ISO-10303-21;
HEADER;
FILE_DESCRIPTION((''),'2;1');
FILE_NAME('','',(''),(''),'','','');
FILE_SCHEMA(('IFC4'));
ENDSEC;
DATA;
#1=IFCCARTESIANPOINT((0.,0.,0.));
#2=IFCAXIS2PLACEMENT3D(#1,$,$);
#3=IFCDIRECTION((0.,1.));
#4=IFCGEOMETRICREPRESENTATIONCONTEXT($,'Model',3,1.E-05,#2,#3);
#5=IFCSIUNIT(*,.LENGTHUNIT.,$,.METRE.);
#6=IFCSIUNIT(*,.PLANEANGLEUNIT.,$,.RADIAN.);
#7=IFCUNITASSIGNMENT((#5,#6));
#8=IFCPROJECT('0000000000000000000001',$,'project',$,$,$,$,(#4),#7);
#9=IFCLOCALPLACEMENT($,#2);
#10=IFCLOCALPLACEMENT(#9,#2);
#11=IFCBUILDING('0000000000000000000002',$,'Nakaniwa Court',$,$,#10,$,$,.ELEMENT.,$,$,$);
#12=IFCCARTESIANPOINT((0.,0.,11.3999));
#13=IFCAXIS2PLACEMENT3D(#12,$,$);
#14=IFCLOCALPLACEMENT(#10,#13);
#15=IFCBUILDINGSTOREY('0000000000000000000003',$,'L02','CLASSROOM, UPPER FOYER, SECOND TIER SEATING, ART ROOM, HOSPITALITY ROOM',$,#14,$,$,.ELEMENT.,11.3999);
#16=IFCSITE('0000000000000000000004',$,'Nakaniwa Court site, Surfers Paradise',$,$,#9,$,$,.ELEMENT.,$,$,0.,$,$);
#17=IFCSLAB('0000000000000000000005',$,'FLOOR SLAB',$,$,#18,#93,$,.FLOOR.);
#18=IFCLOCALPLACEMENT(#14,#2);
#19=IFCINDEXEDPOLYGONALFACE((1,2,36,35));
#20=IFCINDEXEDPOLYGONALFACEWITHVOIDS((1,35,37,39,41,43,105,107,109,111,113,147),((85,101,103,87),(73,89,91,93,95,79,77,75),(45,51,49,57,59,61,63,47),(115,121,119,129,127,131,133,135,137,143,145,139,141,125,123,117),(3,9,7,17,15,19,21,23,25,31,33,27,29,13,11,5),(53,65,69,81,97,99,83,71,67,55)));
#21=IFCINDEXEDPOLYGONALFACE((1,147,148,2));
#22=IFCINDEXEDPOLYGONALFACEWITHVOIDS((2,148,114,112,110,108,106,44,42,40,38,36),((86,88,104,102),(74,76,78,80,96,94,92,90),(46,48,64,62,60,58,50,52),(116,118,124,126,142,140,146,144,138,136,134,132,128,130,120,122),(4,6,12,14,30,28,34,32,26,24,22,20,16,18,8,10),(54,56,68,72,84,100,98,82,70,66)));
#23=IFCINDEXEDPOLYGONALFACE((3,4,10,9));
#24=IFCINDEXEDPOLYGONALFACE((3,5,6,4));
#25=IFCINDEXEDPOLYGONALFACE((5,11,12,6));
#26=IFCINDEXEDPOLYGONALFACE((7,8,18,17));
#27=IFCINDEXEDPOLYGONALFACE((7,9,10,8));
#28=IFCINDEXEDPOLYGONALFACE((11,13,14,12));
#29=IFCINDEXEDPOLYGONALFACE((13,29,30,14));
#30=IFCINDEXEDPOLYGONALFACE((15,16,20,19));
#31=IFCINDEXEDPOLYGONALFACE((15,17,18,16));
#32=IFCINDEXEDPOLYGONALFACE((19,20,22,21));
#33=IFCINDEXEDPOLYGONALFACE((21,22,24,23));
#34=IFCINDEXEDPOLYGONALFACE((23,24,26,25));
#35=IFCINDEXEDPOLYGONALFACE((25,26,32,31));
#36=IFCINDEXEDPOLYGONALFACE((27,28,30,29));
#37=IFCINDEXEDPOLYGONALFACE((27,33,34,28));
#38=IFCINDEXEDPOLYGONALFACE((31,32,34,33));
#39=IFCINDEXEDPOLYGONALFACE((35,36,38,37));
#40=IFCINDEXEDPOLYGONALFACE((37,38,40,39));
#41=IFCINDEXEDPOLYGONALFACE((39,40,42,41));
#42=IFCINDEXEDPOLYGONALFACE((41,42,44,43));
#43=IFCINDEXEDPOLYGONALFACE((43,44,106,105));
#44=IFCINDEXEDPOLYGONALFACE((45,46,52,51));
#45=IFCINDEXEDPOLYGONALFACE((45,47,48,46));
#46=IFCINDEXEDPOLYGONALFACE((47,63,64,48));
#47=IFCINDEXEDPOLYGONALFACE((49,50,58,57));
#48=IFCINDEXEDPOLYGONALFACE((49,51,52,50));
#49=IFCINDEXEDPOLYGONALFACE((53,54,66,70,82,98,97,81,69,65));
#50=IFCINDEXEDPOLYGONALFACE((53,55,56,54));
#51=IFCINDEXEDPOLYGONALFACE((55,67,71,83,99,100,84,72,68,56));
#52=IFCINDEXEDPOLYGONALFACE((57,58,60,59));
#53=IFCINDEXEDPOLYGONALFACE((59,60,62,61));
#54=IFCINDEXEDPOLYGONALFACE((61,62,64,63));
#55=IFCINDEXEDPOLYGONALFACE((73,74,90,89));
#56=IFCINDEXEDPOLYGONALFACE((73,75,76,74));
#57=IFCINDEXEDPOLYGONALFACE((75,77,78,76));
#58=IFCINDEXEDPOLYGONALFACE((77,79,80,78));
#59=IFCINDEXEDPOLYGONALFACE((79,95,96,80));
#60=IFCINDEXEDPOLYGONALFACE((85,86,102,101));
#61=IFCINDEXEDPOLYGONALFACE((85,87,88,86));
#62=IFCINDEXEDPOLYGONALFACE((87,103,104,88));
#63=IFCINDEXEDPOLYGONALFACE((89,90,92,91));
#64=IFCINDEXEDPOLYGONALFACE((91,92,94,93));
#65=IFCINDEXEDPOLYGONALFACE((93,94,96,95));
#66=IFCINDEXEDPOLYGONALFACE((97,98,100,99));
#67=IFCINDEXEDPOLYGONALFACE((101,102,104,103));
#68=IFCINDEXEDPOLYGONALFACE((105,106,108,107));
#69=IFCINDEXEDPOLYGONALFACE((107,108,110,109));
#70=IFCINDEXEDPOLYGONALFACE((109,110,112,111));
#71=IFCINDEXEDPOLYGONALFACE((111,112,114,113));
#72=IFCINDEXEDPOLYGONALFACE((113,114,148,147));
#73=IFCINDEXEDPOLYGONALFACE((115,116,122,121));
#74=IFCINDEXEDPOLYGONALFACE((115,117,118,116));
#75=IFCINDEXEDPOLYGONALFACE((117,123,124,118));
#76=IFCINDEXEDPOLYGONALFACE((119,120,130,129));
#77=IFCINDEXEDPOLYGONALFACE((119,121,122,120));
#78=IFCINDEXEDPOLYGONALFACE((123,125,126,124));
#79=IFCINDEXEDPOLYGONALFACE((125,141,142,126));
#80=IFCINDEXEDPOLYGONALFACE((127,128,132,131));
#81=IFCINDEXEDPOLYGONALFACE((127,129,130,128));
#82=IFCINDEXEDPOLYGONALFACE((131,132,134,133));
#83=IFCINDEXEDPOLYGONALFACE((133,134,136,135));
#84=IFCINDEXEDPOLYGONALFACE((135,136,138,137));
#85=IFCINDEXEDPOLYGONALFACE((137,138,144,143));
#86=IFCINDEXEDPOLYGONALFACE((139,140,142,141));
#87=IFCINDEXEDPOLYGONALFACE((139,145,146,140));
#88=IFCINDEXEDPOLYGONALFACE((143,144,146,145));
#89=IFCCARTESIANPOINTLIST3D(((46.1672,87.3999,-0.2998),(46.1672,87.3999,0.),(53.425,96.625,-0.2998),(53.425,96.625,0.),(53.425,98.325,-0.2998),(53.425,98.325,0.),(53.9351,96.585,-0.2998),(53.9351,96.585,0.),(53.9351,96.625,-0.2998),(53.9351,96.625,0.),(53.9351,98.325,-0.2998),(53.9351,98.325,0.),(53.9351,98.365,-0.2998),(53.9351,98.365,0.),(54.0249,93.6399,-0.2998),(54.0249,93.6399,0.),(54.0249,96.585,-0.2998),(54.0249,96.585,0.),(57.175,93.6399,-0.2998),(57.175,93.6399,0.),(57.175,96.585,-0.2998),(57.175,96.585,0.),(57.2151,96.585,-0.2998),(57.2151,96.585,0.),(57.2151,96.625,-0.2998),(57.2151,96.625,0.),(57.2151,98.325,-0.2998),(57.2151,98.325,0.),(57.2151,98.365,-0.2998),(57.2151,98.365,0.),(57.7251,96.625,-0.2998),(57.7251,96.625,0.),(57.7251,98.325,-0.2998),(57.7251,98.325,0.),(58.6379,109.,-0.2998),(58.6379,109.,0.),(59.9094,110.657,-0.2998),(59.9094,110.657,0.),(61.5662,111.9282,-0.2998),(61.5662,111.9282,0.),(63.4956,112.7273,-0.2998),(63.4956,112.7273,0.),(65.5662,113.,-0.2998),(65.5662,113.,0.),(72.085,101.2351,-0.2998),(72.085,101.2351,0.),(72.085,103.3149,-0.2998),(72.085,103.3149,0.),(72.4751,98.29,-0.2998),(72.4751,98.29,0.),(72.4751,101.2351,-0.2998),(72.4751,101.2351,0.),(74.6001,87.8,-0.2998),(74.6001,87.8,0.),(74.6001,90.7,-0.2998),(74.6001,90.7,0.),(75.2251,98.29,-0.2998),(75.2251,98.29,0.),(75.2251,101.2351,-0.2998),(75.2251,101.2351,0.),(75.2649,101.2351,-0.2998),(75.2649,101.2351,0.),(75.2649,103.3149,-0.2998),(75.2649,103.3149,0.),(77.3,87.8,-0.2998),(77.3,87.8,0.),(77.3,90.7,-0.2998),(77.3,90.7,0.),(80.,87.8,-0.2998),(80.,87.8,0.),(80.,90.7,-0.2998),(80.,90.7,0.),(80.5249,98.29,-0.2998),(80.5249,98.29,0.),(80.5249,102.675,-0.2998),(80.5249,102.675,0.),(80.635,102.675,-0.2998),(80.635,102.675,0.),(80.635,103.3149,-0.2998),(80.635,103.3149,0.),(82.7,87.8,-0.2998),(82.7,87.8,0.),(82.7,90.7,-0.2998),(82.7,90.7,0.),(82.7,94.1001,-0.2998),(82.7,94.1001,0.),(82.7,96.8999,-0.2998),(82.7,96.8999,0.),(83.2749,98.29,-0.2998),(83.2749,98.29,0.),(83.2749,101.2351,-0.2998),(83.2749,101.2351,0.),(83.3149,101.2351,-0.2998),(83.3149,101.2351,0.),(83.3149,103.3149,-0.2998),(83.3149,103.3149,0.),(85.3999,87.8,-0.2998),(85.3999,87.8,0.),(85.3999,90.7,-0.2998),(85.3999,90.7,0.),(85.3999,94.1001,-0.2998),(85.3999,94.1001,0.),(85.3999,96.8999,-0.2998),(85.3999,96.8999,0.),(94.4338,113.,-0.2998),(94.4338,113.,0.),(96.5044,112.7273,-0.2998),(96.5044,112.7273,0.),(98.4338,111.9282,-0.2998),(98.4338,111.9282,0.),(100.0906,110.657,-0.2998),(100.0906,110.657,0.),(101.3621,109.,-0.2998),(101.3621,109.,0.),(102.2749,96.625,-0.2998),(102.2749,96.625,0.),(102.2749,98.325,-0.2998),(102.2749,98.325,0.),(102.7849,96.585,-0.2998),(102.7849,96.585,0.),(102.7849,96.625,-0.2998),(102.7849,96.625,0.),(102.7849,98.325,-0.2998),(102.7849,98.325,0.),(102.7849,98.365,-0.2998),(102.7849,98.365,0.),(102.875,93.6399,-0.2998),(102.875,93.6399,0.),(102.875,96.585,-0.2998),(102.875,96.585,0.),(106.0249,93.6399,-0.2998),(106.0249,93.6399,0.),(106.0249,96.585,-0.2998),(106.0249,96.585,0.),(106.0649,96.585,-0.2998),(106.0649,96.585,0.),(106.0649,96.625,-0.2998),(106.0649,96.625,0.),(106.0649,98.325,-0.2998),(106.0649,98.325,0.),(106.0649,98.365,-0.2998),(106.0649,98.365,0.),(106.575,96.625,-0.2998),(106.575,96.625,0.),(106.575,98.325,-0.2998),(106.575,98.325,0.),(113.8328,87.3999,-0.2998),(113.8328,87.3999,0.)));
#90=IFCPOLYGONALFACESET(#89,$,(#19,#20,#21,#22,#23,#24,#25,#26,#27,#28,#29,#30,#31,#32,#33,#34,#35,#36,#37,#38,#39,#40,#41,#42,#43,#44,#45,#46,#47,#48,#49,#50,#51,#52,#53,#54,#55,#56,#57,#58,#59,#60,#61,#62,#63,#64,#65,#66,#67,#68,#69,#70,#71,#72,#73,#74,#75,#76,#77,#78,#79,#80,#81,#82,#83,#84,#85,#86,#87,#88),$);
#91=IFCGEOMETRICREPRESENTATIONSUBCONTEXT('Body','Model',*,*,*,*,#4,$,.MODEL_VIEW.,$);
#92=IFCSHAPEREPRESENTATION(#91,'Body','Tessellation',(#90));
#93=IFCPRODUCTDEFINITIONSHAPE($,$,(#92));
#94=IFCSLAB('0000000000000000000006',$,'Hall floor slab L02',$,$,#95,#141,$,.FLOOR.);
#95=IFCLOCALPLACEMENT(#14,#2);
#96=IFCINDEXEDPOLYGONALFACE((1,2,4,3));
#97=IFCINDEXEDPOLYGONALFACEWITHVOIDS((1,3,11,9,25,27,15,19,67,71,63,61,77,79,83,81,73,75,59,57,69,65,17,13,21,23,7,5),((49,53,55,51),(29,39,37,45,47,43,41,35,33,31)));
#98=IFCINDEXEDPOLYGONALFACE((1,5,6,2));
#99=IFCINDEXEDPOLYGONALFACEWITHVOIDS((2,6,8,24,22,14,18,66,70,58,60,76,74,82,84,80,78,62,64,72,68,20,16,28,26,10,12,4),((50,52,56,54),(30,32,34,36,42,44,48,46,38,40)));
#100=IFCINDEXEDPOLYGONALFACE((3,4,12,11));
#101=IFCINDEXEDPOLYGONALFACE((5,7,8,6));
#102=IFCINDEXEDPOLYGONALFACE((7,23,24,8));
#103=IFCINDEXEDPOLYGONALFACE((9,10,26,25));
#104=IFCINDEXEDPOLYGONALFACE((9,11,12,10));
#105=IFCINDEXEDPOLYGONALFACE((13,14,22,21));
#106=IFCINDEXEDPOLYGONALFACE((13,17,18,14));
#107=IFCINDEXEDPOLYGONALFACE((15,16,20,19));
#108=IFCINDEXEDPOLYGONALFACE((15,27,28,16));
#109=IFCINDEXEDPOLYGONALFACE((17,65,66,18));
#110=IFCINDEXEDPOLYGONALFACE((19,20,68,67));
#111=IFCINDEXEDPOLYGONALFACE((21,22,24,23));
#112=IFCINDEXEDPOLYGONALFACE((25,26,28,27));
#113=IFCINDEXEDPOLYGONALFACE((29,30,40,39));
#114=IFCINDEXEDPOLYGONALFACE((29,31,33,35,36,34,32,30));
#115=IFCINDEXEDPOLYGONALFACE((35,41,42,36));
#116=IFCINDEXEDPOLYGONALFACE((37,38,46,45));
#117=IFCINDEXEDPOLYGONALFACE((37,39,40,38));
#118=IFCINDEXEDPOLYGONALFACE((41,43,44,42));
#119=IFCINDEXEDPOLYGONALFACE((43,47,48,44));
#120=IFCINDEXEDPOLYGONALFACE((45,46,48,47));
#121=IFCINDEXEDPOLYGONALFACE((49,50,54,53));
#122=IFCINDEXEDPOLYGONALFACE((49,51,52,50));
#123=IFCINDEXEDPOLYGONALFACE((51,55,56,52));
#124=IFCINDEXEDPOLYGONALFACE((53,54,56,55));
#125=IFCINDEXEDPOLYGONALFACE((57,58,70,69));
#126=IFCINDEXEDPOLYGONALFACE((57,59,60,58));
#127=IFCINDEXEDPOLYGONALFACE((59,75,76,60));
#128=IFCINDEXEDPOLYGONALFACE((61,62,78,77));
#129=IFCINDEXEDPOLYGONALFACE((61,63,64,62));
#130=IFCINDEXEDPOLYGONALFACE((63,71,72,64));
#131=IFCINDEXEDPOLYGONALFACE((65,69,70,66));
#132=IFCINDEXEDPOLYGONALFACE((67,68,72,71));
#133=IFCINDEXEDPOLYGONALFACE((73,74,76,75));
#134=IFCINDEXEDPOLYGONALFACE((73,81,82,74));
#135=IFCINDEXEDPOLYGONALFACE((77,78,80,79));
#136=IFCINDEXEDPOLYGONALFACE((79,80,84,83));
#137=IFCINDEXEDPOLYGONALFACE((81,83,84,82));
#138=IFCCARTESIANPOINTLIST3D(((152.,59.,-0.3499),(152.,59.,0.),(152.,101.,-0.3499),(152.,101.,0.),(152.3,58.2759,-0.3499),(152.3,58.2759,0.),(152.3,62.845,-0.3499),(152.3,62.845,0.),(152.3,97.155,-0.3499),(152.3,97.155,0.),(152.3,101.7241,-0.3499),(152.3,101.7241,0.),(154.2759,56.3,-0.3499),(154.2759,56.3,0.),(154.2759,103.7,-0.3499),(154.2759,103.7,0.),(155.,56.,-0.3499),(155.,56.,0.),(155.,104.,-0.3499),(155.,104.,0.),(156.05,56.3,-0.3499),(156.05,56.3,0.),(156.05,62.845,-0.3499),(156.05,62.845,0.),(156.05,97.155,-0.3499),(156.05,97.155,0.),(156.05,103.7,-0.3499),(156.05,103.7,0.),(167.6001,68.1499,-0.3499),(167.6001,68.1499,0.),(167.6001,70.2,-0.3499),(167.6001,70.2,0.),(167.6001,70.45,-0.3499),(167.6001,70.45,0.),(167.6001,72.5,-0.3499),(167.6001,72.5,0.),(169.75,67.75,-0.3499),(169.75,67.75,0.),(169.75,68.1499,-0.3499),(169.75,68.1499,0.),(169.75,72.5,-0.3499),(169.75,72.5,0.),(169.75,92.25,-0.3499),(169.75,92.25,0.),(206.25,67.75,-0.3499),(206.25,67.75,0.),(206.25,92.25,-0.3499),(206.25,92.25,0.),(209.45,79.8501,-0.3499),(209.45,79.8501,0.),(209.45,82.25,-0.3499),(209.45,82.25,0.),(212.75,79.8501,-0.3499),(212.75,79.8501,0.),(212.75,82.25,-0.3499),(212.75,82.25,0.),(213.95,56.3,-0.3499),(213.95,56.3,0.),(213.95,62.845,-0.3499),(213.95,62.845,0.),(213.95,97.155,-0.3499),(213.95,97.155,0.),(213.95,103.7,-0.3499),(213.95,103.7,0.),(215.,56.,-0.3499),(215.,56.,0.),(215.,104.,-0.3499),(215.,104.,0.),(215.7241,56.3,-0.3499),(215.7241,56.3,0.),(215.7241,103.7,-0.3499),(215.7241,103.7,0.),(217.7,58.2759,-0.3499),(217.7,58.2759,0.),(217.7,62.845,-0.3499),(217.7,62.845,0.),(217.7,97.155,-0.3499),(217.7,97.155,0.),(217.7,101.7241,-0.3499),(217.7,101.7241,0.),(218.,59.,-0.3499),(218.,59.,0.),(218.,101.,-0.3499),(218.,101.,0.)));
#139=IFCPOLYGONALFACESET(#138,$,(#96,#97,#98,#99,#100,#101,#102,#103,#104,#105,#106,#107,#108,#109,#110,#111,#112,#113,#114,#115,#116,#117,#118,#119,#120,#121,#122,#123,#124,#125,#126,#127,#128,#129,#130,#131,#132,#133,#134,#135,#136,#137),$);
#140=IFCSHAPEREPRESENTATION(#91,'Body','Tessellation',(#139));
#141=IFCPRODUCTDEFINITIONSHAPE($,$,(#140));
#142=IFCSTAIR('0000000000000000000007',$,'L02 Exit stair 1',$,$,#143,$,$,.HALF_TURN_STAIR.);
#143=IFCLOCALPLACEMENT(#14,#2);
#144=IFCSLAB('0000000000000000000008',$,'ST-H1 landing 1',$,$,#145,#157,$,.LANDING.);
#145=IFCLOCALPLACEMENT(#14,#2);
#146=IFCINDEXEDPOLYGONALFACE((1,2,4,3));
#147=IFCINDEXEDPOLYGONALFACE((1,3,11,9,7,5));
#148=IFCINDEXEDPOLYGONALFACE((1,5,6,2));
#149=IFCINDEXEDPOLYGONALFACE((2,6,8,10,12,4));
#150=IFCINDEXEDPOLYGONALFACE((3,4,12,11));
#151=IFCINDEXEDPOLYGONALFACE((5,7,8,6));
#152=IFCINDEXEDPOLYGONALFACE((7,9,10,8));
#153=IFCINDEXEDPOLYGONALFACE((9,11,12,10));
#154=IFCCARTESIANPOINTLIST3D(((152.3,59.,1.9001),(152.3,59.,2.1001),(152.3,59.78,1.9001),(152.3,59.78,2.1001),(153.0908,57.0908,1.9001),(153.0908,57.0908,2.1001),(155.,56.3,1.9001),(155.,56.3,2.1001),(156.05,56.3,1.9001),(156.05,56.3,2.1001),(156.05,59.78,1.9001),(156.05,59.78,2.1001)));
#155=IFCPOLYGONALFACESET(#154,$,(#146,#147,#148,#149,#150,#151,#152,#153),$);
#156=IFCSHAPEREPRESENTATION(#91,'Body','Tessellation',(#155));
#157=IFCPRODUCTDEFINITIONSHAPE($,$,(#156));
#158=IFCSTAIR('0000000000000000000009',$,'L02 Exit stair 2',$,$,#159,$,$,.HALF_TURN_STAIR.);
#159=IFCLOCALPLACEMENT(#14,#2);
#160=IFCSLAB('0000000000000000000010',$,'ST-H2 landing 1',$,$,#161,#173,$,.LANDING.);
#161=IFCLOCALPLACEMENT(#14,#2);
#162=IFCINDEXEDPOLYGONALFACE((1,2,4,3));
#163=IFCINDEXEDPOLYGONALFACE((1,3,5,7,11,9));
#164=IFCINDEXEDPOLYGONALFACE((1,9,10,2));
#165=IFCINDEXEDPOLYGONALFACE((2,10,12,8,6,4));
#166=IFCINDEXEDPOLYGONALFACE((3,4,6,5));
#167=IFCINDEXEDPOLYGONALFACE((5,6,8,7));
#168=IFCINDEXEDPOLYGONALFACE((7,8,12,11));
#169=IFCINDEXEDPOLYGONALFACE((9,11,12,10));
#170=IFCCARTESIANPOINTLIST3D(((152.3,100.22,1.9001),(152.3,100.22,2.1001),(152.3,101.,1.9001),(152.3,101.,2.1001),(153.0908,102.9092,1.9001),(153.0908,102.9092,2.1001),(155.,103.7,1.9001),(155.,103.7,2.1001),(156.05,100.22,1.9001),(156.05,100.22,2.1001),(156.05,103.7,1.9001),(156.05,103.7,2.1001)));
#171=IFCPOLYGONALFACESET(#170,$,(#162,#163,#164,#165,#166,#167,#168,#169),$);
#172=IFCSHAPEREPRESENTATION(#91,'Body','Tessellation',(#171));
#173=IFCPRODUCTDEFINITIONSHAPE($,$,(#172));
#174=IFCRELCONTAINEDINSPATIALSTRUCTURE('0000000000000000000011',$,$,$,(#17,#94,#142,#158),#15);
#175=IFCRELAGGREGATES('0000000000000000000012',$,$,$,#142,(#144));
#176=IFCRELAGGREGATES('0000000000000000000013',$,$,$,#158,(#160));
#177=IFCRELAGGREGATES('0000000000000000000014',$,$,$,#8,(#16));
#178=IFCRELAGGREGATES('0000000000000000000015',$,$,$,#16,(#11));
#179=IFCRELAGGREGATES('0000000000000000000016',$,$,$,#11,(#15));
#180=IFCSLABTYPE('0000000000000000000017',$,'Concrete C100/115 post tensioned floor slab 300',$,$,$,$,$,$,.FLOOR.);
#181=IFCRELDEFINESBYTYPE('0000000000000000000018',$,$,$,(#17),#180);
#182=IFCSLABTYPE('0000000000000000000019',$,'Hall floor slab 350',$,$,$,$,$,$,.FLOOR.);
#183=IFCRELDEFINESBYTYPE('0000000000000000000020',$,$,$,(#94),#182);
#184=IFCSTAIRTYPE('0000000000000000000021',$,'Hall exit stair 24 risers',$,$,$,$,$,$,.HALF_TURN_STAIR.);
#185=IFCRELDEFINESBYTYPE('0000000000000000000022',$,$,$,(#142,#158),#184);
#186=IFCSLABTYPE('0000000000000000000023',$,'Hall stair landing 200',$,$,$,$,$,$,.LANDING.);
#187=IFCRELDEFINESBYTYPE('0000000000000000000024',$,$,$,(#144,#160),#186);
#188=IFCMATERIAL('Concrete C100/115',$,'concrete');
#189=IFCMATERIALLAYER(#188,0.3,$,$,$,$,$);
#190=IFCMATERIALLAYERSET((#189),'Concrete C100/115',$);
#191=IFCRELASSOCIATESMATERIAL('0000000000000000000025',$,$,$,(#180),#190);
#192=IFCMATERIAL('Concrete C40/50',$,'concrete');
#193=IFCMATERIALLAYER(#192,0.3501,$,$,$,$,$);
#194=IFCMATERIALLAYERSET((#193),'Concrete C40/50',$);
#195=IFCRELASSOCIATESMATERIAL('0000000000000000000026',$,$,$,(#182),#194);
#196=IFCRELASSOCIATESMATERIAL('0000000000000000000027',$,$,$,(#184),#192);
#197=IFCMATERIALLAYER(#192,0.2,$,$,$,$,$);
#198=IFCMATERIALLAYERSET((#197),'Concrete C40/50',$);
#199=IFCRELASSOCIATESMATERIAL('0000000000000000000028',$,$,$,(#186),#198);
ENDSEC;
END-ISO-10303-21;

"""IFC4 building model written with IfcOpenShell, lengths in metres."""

from ifc_helpers import new_model, si_unit, direction, frame, origin, place, context, subcontext, project, spatial, polyline, outline, extrude, material, layer, layer_set, type_object, element, aggregate, save


model = new_model("IFC4")

# Units and contexts
model_context = context("Model", 3, precision=1e-05, world=origin(), true_north=direction((0.0, 1.0)))
body_context = subcontext(model_context, "Body", "Model", "MODEL_VIEW")
ifc_project = project(units=[si_unit("LENGTHUNIT", "METRE"), si_unit("PLANEANGLEUNIT", "RADIAN")], contexts=[model_context])

# Site, building, storey
site_placement = place(None, origin())
site = spatial("IfcSite", under=ifc_project, at=site_placement, Name="Nakaniwa Court site, Surfers Paradise", CompositionType="ELEMENT", RefElevation=0.0)
building_placement = place(site_placement, origin())
building = spatial("IfcBuilding", under=site, at=building_placement, Name="Nakaniwa Court", CompositionType="ELEMENT")
storey_placement = place(building_placement, frame((0.0, 0.0, 11.3999)))
storey = spatial("IfcBuildingStorey", under=building, at=storey_placement, Name="L02", Description="CLASSROOM, UPPER FOYER, SECOND TIER SEATING, ART ROOM, HOSPITALITY ROOM", CompositionType="ELEMENT", Elevation=11.3999)

# Shared definitions
ifc_material_1 = material(Name="Concrete C100/115", Category="concrete")

# Slabs
ifc_layer_1 = layer(ifc_material_1, 0.3)
ifc_layer_set_1 = layer_set([ifc_layer_1], Name="Concrete C100/115")
slab_type_1 = type_object("IfcSlabType", Name="Concrete C100/115 post tensioned floor slab 300", PredefinedType="FLOOR", material=ifc_layer_set_1)
slab_1_placement = place(storey_placement, frame((0.0, 0.0, -0.2998)))
element("IfcSlab", 1, at=slab_1_placement, inside=storey, type_object=slab_type_1, Name="FLOOR SLAB", PredefinedType="FLOOR", context=body_context, shape_type="SweptSolid", body=[
    extrude(outline(polyline([(58.6379, 109.0), (46.1672, 87.3999), (113.8328, 87.3999), (101.3621, 109.0), (100.0906, 110.657), (98.4338, 111.9282), (96.5044, 112.7273), (94.4338, 113.0), (65.5662, 113.0), (63.4956, 112.7273), (61.5662, 111.9282), (59.9094, 110.657), (58.6379, 109.0)]), holes=[polyline([(82.7, 90.7), (80.0, 90.7), (77.3, 90.7), (74.6001, 90.7), (74.6001, 87.8), (77.3, 87.8), (80.0, 87.8), (82.7, 87.8), (85.3999, 87.8), (85.3999, 90.7), (82.7, 90.7)]), polyline([(57.175, 96.585), (57.2151, 96.585), (57.2151, 96.625), (57.7251, 96.625), (57.7251, 98.325), (57.2151, 98.325), (57.2151, 98.365), (53.9351, 98.365), (53.9351, 98.325), (53.425, 98.325), (53.425, 96.625), (53.9351, 96.625), (53.9351, 96.585), (54.0249, 96.585), (54.0249, 93.6399), (57.175, 93.6399), (57.175, 96.585)]), polyline([(75.2649, 101.2351), (75.2649, 103.3149), (72.085, 103.3149), (72.085, 101.2351), (72.4751, 101.2351), (72.4751, 98.29), (75.2251, 98.29), (75.2251, 101.2351), (75.2649, 101.2351)]), polyline([(85.3999, 94.1001), (85.3999, 96.8999), (82.7, 96.8999), (82.7, 94.1001), (85.3999, 94.1001)]), polyline([(106.0249, 96.585), (106.0649, 96.585), (106.0649, 96.625), (106.575, 96.625), (106.575, 98.325), (106.0649, 98.325), (106.0649, 98.365), (102.7849, 98.365), (102.7849, 98.325), (102.2749, 98.325), (102.2749, 96.625), (102.7849, 96.625), (102.7849, 96.585), (102.875, 96.585), (102.875, 93.6399), (106.0249, 93.6399), (106.0249, 96.585)]), polyline([(83.2749, 101.2351), (83.3149, 101.2351), (83.3149, 103.3149), (80.635, 103.3149), (80.635, 102.675), (80.5249, 102.675), (80.5249, 98.29), (83.2749, 98.29), (83.2749, 101.2351)])]), origin(), (0.0, 0.0, 1.0), 0.2998),
])
ifc_material_2 = material(Name="Concrete C40/50", Category="concrete")
ifc_layer_2 = layer(ifc_material_2, 0.3501)
ifc_layer_set_2 = layer_set([ifc_layer_2], Name="Concrete C40/50")
slab_type_2 = type_object("IfcSlabType", Name="Hall floor slab 350", PredefinedType="FLOOR", material=ifc_layer_set_2)
slab_2_placement = place(storey_placement, frame((0.0, 0.0, -0.3499)))
element("IfcSlab", 2, at=slab_2_placement, inside=storey, type_object=slab_type_2, Name="Hall floor slab L02", PredefinedType="FLOOR", context=body_context, shape_type="SweptSolid", body=[
    extrude(outline(polyline([(152.3, 62.845), (156.05, 62.845), (156.05, 56.3), (154.2759, 56.3), (155.0, 56.0), (215.0, 56.0), (215.7241, 56.3), (213.95, 56.3), (213.95, 62.845), (217.7, 62.845), (217.7, 58.2759), (218.0, 59.0), (218.0, 101.0), (217.7, 101.7241), (217.7, 97.155), (213.95, 97.155), (213.95, 103.7), (215.7241, 103.7), (215.0, 104.0), (155.0, 104.0), (154.2759, 103.7), (156.05, 103.7), (156.05, 97.155), (152.3, 97.155), (152.3, 101.7241), (152.0, 101.0), (152.0, 59.0), (152.3, 58.2759), (152.3, 62.845)]), holes=[polyline([(169.75, 72.5), (169.75, 92.25), (206.25, 92.25), (206.25, 67.75), (169.75, 67.75), (169.75, 68.1499), (167.6001, 68.1499), (167.6001, 70.2), (167.6001, 70.45), (167.6001, 72.5), (169.75, 72.5)]), polyline([(212.75, 79.8501), (209.45, 79.8501), (209.45, 82.25), (212.75, 82.25), (212.75, 79.8501)])]), origin(), (0.0, 0.0, 1.0), 0.3499),
])

# Stairs, slabs
stair_type_1 = type_object("IfcStairType", Name="Hall exit stair 24 risers", PredefinedType="HALF_TURN_STAIR", material=ifc_material_2)
stair_1_placement = place(storey_placement, origin())
stair_1 = element("IfcStair", 3, at=stair_1_placement, inside=storey, type_object=stair_type_1, Name="L02 Exit stair 1", PredefinedType="HALF_TURN_STAIR")
ifc_layer_3 = layer(ifc_material_2, 0.2)
ifc_layer_set_3 = layer_set([ifc_layer_3], Name="Concrete C40/50")
slab_type_3 = type_object("IfcSlabType", Name="Hall stair landing 200", PredefinedType="LANDING", material=ifc_layer_set_3)
slab_3_placement = place(storey_placement, frame((0.0, 0.0, 1.9001)))
slab_3 = element("IfcSlab", 4, at=slab_3_placement, type_object=slab_type_3, Name="ST-H1 landing 1", PredefinedType="LANDING", context=body_context, shape_type="SweptSolid", body=[
    extrude(outline(polyline([(152.3, 59.0), (153.0908, 57.0908), (155.0, 56.3), (156.05, 56.3), (156.05, 59.78), (152.3, 59.78), (152.3, 59.0)])), origin(), (0.0, 0.0, 1.0), 0.2),
])
aggregate(stair_1, [slab_3])
stair_2_placement = place(storey_placement, origin())
stair_2 = element("IfcStair", 5, at=stair_2_placement, inside=storey, type_object=stair_type_1, Name="L02 Exit stair 2", PredefinedType="HALF_TURN_STAIR")
slab_4_placement = place(storey_placement, frame((0.0, 0.0, 1.9001)))
slab_4 = element("IfcSlab", 6, at=slab_4_placement, type_object=slab_type_3, Name="ST-H2 landing 1", PredefinedType="LANDING", context=body_context, shape_type="SweptSolid", body=[
    extrude(outline(polyline([(156.05, 103.7), (155.0, 103.7), (153.0908, 102.9092), (152.3, 101.0), (152.3, 100.22), (156.05, 100.22), (156.05, 103.7)])), origin(), (0.0, 0.0, 1.0), 0.2),
])
aggregate(stair_2, [slab_4])

save(model, "model.ifc")
